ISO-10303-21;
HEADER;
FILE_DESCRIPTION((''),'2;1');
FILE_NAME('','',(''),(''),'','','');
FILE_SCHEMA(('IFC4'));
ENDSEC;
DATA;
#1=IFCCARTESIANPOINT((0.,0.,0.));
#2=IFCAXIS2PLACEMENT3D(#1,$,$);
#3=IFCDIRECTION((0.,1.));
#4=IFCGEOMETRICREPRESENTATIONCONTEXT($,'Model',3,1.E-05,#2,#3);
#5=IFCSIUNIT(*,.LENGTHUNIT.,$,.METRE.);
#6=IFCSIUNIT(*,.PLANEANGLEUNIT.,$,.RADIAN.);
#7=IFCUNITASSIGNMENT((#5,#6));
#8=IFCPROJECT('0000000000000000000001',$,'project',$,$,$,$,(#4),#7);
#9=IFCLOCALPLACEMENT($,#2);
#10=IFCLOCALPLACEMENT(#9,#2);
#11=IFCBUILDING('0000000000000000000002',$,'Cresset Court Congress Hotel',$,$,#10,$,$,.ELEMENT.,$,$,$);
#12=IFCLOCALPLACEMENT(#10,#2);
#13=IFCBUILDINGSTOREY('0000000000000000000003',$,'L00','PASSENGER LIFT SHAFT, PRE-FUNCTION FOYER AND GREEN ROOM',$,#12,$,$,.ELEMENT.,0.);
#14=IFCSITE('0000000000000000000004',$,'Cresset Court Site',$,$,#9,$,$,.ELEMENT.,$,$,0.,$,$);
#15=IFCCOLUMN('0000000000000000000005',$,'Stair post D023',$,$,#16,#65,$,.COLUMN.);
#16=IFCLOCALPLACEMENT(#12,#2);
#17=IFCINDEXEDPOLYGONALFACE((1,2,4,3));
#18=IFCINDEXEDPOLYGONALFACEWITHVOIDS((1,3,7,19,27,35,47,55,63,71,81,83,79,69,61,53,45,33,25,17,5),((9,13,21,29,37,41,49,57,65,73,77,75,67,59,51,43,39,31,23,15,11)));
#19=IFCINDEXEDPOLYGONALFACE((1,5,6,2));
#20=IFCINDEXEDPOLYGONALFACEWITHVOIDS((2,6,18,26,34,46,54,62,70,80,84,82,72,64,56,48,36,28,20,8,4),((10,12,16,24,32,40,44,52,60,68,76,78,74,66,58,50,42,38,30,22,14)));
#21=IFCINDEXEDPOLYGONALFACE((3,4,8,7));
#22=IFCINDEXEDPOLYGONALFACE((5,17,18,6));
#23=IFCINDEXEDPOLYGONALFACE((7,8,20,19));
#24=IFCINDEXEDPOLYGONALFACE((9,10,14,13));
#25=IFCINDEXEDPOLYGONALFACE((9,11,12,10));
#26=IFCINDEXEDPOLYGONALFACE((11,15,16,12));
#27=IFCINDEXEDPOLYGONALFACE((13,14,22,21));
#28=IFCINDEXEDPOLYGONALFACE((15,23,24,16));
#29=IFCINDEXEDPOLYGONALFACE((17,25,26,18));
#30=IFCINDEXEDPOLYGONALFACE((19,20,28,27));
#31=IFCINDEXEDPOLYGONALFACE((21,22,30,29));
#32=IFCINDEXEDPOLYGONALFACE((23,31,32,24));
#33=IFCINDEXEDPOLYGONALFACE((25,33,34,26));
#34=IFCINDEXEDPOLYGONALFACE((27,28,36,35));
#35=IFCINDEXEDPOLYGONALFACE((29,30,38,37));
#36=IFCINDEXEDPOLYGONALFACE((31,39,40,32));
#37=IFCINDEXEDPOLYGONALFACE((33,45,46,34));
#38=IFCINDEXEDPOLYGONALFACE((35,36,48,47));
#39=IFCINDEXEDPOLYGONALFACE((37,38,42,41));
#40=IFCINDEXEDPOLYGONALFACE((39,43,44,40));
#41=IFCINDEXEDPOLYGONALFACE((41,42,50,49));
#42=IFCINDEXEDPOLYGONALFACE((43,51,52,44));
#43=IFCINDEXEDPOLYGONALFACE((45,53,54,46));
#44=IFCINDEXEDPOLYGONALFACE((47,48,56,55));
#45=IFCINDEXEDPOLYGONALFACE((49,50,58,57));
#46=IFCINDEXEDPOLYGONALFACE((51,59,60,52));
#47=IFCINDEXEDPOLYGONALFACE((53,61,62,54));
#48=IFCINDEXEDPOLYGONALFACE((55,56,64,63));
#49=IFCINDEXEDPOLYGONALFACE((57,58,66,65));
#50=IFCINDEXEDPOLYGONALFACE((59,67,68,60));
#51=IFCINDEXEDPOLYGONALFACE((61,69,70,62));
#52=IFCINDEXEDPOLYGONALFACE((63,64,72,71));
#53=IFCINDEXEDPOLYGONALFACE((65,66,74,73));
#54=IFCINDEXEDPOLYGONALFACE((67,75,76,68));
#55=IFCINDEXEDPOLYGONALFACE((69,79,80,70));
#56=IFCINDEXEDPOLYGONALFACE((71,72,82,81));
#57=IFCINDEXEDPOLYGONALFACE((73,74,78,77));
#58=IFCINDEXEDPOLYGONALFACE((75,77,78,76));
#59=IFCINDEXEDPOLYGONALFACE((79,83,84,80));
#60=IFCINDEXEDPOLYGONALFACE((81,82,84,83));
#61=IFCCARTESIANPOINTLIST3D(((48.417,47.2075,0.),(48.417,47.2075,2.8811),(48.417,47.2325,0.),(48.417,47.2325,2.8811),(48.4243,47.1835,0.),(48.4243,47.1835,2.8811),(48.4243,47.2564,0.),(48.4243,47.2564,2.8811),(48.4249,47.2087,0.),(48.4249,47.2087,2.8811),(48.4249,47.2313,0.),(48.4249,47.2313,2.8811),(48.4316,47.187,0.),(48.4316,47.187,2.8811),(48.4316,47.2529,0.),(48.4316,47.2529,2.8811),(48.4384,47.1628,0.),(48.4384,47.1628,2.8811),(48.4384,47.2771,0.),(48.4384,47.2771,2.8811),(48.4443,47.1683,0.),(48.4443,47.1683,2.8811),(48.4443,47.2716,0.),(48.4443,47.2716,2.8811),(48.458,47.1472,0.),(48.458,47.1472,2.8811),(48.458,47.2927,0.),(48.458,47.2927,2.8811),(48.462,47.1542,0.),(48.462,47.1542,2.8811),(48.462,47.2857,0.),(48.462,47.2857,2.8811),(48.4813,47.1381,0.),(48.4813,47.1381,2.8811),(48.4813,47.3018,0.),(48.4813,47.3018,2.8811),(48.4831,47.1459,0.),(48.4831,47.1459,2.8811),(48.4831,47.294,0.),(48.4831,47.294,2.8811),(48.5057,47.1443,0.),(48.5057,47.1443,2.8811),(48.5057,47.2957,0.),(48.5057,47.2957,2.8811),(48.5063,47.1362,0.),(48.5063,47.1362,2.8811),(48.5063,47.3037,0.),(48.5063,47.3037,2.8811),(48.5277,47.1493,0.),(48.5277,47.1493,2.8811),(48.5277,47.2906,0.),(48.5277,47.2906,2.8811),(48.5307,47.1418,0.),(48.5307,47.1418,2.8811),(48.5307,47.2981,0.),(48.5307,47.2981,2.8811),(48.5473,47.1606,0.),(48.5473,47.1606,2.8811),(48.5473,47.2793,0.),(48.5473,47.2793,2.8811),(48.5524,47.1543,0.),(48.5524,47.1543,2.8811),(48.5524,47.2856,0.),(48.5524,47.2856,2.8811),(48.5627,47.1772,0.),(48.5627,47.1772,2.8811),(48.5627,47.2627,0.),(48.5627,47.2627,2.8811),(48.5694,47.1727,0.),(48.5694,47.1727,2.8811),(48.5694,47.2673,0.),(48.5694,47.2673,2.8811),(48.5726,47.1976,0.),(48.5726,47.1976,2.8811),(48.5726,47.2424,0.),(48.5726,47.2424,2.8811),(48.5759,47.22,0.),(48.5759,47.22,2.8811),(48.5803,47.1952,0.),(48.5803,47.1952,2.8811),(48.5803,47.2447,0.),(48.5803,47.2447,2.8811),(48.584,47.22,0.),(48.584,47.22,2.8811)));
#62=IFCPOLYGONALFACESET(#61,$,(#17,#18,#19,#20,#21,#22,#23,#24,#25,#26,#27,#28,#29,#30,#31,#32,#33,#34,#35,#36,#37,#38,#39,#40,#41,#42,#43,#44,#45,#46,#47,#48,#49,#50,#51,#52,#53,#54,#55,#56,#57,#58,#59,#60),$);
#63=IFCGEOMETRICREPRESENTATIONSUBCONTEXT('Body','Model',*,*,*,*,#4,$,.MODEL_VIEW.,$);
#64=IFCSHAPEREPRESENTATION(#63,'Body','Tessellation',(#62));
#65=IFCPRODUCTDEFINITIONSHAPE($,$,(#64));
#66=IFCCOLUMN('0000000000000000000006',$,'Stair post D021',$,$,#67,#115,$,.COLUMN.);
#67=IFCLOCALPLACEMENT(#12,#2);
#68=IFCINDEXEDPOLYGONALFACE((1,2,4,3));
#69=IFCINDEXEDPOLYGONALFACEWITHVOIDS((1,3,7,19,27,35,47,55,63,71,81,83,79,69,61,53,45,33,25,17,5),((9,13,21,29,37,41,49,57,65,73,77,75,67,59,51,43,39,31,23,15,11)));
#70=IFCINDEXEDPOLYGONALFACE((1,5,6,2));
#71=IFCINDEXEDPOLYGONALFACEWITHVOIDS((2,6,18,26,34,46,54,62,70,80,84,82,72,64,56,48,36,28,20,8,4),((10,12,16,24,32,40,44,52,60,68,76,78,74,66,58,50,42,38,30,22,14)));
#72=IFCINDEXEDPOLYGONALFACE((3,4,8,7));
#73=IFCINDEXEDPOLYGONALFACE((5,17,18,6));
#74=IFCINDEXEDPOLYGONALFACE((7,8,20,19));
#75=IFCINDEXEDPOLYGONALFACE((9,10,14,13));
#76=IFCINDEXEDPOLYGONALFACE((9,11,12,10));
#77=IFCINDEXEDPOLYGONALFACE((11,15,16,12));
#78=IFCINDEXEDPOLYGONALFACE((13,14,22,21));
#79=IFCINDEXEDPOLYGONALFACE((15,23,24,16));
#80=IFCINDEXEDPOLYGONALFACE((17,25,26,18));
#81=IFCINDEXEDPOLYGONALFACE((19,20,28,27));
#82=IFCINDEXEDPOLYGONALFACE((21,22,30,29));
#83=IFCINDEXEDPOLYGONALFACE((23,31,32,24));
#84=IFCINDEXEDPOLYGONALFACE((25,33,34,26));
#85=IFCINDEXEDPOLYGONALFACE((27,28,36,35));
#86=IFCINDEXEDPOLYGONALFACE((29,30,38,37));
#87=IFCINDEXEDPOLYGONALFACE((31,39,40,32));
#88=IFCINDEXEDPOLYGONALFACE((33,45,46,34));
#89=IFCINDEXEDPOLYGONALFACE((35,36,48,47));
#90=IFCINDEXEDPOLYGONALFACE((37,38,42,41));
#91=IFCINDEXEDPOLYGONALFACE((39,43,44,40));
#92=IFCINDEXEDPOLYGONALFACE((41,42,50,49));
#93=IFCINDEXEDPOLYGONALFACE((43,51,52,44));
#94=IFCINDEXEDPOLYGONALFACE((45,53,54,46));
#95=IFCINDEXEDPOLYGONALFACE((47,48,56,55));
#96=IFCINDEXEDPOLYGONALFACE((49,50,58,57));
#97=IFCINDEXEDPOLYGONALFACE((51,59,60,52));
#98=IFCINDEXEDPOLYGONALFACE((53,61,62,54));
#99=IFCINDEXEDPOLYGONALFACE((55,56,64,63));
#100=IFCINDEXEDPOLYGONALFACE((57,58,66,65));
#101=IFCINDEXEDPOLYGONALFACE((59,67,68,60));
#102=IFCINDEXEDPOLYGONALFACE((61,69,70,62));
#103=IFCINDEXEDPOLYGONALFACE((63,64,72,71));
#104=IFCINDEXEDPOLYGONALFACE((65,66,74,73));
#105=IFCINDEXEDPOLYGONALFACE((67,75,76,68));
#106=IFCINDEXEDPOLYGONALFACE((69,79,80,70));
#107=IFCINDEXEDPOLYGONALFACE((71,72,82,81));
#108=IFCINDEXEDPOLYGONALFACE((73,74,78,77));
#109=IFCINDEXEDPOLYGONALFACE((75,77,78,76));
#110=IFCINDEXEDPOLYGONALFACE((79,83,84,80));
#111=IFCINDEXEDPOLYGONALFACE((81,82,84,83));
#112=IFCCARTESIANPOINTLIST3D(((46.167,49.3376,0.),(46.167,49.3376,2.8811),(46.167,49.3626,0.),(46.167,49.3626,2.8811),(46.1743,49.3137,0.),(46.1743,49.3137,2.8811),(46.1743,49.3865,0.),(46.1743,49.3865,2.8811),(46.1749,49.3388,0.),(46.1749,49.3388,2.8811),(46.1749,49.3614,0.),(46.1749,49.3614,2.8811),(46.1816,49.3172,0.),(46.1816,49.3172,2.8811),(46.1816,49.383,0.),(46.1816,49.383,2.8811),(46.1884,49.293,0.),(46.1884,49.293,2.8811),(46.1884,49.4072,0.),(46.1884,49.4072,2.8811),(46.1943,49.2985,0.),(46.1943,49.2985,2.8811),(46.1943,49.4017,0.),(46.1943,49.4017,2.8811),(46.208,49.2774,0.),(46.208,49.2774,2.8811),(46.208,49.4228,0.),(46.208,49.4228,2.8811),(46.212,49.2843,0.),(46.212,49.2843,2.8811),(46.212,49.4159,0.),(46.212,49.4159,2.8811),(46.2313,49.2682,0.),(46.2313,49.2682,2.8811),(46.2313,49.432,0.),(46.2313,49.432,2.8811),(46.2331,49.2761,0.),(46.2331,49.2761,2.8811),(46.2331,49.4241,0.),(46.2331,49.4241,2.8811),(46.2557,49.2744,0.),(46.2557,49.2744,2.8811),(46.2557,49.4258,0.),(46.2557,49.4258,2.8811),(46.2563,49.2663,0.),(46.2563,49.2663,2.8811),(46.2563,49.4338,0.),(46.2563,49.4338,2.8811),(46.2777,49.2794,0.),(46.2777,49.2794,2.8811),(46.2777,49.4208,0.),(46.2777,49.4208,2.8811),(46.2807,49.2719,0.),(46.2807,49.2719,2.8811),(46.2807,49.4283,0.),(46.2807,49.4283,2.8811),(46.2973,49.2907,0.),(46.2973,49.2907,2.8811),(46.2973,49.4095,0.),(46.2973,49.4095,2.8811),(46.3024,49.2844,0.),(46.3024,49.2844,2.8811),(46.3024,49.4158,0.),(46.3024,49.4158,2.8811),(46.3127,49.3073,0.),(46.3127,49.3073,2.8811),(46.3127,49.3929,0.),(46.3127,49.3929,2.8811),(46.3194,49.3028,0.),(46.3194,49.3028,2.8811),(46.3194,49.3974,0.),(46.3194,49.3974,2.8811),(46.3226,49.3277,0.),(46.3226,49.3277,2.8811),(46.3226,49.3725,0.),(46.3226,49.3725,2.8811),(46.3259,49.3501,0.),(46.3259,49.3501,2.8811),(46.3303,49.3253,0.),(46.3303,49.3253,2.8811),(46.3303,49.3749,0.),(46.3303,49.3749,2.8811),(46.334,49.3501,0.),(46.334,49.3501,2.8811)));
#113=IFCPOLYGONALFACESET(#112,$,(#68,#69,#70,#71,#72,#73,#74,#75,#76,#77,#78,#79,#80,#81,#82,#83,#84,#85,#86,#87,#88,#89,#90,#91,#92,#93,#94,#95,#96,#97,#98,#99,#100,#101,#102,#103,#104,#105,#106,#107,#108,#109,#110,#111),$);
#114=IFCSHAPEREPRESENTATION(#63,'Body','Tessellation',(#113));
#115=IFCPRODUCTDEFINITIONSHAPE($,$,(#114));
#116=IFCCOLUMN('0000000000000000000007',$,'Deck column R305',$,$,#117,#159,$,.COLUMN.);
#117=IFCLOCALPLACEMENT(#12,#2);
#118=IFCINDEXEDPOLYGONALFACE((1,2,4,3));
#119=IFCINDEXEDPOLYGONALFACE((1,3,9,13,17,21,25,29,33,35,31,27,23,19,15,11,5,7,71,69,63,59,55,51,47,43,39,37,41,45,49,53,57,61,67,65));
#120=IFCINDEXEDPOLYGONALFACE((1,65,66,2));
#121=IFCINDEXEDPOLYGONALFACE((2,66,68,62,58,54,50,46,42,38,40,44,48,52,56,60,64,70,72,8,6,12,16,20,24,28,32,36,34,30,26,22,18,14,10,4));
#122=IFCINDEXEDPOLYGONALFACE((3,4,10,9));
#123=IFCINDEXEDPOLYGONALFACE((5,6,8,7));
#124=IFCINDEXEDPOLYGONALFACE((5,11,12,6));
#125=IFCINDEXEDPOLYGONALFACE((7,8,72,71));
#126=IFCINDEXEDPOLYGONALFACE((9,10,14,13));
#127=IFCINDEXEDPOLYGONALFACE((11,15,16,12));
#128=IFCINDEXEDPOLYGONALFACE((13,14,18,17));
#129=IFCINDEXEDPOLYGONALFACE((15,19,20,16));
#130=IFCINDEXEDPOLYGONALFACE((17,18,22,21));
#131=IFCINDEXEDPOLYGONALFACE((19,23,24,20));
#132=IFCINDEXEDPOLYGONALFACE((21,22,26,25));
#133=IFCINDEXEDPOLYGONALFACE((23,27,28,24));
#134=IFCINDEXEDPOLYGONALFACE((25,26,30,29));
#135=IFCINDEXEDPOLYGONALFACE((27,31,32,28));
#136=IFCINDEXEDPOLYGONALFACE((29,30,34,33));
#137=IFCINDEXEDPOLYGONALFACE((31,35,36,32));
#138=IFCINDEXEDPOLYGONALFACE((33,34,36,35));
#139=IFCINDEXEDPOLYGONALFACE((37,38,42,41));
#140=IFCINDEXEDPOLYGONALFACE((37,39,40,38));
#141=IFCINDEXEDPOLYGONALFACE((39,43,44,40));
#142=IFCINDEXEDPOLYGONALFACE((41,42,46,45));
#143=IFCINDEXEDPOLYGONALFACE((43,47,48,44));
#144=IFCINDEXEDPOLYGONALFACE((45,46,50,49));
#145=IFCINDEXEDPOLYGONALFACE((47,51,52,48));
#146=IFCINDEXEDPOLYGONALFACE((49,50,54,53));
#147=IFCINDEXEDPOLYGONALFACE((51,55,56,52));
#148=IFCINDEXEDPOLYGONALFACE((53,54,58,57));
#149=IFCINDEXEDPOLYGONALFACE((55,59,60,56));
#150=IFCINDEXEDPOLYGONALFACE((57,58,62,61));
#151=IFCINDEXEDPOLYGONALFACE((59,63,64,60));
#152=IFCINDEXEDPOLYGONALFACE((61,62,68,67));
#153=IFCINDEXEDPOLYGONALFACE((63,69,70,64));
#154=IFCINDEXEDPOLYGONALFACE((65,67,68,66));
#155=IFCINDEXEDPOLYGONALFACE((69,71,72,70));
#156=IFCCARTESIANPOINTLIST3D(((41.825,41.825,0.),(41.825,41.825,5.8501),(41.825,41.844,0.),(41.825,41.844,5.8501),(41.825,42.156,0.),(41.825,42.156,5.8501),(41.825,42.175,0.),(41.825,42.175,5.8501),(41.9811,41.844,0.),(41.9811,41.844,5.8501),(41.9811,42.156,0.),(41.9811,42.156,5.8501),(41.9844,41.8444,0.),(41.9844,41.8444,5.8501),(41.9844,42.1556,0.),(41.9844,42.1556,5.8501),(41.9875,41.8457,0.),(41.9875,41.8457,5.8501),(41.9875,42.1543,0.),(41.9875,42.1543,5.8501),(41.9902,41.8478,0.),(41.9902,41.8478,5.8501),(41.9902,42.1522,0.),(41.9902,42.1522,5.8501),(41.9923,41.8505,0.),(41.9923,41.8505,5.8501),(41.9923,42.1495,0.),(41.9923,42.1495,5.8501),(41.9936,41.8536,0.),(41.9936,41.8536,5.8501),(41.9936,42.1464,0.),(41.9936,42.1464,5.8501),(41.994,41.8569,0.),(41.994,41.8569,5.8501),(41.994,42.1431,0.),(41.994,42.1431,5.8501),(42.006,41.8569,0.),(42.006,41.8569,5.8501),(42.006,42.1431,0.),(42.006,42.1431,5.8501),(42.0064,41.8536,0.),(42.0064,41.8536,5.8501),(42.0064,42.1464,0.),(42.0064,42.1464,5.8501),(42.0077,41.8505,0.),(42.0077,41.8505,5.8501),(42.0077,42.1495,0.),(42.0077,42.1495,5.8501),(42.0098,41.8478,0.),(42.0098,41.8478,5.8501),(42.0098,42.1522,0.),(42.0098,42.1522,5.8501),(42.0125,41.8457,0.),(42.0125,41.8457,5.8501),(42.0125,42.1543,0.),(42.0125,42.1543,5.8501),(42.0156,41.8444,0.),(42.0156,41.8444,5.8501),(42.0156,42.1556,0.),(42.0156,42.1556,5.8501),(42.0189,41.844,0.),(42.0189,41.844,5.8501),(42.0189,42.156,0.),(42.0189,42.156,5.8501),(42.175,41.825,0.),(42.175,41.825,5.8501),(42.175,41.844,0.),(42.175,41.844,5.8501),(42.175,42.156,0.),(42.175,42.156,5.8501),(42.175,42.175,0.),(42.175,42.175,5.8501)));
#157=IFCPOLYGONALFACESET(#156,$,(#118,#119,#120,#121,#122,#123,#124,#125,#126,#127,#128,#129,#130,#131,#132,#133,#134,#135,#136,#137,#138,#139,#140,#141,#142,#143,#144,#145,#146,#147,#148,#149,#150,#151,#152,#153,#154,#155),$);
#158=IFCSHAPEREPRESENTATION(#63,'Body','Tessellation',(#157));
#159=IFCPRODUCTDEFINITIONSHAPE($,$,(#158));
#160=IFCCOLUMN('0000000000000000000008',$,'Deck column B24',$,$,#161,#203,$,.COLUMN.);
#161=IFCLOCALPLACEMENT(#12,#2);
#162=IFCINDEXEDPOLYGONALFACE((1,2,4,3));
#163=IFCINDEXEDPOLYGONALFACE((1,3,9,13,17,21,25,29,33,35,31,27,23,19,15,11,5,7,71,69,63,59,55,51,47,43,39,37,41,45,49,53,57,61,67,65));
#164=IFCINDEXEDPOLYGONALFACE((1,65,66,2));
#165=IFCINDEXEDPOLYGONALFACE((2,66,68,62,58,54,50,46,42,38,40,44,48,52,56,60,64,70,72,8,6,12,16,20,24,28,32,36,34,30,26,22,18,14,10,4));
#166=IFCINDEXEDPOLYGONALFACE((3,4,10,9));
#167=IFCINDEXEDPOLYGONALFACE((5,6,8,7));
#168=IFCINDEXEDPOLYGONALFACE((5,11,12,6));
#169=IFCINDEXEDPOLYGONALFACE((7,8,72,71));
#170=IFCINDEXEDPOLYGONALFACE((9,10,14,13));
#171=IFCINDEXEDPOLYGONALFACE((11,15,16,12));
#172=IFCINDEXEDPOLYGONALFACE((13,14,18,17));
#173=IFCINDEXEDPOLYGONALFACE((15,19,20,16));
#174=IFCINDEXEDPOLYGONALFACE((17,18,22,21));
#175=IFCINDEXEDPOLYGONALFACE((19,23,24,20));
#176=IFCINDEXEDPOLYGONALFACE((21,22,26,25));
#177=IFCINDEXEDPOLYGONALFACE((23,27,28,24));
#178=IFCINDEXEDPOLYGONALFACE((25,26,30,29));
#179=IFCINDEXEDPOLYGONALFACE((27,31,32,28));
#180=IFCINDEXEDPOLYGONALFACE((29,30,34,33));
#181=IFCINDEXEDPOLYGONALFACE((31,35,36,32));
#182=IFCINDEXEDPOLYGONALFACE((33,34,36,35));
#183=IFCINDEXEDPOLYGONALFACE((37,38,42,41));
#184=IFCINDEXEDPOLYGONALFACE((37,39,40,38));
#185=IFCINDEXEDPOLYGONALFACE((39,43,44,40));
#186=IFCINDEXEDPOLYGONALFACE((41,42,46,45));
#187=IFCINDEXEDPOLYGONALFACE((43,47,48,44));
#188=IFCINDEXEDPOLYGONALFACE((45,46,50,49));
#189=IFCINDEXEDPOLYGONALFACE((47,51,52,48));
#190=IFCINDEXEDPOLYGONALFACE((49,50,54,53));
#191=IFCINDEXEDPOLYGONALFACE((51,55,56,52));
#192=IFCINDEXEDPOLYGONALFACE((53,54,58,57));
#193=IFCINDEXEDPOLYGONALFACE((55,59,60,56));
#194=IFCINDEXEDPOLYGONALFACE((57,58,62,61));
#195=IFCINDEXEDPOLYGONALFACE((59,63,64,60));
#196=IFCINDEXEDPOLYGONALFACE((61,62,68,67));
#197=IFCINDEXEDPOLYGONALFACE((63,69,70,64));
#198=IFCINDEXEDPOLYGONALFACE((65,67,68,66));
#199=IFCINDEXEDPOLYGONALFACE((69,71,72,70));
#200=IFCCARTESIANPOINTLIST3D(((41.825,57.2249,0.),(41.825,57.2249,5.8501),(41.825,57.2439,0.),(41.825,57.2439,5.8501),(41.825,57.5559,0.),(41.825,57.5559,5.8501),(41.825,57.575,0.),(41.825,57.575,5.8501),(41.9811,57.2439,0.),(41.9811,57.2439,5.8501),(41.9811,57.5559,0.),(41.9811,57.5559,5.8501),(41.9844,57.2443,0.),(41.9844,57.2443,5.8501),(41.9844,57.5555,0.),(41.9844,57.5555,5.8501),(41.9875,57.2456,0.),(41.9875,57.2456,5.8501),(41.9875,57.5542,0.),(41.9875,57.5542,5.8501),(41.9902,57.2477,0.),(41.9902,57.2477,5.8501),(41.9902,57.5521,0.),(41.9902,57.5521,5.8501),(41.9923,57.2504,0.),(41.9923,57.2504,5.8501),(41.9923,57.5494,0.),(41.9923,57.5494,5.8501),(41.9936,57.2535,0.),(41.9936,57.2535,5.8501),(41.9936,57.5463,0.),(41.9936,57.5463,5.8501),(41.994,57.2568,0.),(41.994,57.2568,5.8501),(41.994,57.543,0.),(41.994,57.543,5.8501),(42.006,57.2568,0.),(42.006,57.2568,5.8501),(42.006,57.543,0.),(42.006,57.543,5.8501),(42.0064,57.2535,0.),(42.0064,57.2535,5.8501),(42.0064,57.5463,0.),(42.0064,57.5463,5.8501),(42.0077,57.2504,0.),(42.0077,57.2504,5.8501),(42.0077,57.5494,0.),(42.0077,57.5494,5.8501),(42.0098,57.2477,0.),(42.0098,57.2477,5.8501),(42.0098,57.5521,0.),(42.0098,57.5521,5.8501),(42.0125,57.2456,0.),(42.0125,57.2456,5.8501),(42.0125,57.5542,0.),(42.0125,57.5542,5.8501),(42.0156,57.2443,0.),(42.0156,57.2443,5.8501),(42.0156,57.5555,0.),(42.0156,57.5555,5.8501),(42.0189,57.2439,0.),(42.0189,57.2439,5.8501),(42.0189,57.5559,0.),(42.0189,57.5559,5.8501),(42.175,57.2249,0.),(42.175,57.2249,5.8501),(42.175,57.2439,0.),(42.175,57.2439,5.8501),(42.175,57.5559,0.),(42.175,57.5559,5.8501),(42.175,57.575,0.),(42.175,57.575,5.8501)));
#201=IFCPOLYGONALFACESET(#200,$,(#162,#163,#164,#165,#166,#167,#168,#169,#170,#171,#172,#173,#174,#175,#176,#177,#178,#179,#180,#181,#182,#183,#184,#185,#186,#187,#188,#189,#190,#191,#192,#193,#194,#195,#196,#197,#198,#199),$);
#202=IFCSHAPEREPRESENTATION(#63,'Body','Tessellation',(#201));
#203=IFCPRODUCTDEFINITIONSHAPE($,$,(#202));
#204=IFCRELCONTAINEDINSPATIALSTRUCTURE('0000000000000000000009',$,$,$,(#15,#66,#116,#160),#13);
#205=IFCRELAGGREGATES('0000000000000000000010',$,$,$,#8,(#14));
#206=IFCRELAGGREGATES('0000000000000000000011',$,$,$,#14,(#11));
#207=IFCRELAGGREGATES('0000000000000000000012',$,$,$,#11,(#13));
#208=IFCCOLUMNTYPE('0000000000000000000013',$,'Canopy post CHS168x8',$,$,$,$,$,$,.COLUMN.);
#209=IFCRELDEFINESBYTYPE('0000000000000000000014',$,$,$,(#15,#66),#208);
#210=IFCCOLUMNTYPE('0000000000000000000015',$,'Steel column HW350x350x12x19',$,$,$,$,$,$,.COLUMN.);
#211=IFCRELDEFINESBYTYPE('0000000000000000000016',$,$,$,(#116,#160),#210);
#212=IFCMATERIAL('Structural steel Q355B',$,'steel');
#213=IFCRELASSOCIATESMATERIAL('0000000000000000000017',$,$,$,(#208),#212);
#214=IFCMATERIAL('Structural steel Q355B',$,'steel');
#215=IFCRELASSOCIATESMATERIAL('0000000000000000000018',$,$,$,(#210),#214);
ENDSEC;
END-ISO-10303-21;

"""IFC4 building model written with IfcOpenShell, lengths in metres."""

from ifc_helpers import new_model, si_unit, direction, frame, origin, origin_2d, place, context, subcontext, project, spatial, hollow_circle, i_section, extrude, material, material_profile, profile_set, type_object, element, save


model = new_model("IFC4")

# Units and contexts
model_context = context("Model", 3, precision=1e-05, world=origin(), true_north=direction((0.0, 1.0)))
body_context = subcontext(model_context, "Body", "Model", "MODEL_VIEW")
ifc_project = project(units=[si_unit("LENGTHUNIT", "METRE"), si_unit("PLANEANGLEUNIT", "RADIAN")], contexts=[model_context])

# Site, building, storey
site_placement = place(None, origin())
site = spatial("IfcSite", under=ifc_project, at=site_placement, Name="Cresset Court Site", CompositionType="ELEMENT", RefElevation=0.0)
building_placement = place(site_placement, origin())
building = spatial("IfcBuilding", under=site, at=building_placement, Name="Cresset Court Congress Hotel", CompositionType="ELEMENT")
storey_placement = place(building_placement, origin())
storey = spatial("IfcBuildingStorey", under=building, at=storey_placement, Name="L00", Description="PASSENGER LIFT SHAFT, PRE-FUNCTION FOYER AND GREEN ROOM", CompositionType="ELEMENT", Elevation=0.0)

# Columns
ifc_material_1 = material(Name="Structural steel Q355B", Category="steel")
ifc_material_profile_1 = material_profile(ifc_material_1, hollow_circle(Radius=0.084, WallThickness=0.0081, at=origin_2d()), Name="CHS168x8")
ifc_profile_set_1 = profile_set([ifc_material_profile_1], Name="Structural steel Q355B")
column_type_1 = type_object("IfcColumnType", Name="Canopy post CHS168x8", PredefinedType="COLUMN", material=ifc_profile_set_1)
for number, where, z_axis, x_axis, name in (
    (1, (48.5, 47.22, 0.0), (0.0, 0.0, 1.0), (1.0, 0.0, 0.0), "Stair post D023"),
    (2, (46.25, 49.3501, 0.0), (0.0, 0.0, 1.0), (1.0, 0.0, 0.0), "Stair post D021"),
):
    element("IfcColumn", number, at=place(storey_placement, frame(where, z_axis=z_axis, x_axis=x_axis)), inside=storey, type_object=column_type_1, Name=name, PredefinedType="COLUMN", context=body_context, shape_type="SweptSolid", body=[
        extrude(hollow_circle(Radius=0.084, WallThickness=0.0081, at=origin_2d()), origin(), (0.0, 0.0, 1.0), 2.8811),
    ])
ifc_material_2 = material(Name="Structural steel Q355B", Category="steel")
ifc_material_profile_2 = material_profile(ifc_material_2, i_section(OverallWidth=0.3501, OverallDepth=0.3501, WebThickness=0.012, FlangeThickness=0.019, FilletRadius=0.0129, at=origin_2d()), Name="HW350x350x12x19")
ifc_profile_set_2 = profile_set([ifc_material_profile_2], Name="Structural steel Q355B")
column_type_2 = type_object("IfcColumnType", Name="Steel column HW350x350x12x19", PredefinedType="COLUMN", material=ifc_profile_set_2)
for number, where, z_axis, x_axis, name in (
    (3, (42.0, 42.0, 0.0), (0.0, 0.0, 1.0), (1.0, 0.0, 0.0), "Deck column R305"),
    (4, (42.0, 57.3999, 0.0), (0.0, 0.0, 1.0), (1.0, 0.0, 0.0), "Deck column B24"),
):
    element("IfcColumn", number, at=place(storey_placement, frame(where, z_axis=z_axis, x_axis=x_axis)), inside=storey, type_object=column_type_2, Name=name, PredefinedType="COLUMN", context=body_context, shape_type="SweptSolid", body=[
        extrude(i_section(OverallWidth=0.3501, OverallDepth=0.3501, WebThickness=0.012, FlangeThickness=0.019, FilletRadius=0.0129, at=origin_2d()), origin(), (0.0, 0.0, 1.0), 5.8501),
    ])

save(model, "model.ifc")
